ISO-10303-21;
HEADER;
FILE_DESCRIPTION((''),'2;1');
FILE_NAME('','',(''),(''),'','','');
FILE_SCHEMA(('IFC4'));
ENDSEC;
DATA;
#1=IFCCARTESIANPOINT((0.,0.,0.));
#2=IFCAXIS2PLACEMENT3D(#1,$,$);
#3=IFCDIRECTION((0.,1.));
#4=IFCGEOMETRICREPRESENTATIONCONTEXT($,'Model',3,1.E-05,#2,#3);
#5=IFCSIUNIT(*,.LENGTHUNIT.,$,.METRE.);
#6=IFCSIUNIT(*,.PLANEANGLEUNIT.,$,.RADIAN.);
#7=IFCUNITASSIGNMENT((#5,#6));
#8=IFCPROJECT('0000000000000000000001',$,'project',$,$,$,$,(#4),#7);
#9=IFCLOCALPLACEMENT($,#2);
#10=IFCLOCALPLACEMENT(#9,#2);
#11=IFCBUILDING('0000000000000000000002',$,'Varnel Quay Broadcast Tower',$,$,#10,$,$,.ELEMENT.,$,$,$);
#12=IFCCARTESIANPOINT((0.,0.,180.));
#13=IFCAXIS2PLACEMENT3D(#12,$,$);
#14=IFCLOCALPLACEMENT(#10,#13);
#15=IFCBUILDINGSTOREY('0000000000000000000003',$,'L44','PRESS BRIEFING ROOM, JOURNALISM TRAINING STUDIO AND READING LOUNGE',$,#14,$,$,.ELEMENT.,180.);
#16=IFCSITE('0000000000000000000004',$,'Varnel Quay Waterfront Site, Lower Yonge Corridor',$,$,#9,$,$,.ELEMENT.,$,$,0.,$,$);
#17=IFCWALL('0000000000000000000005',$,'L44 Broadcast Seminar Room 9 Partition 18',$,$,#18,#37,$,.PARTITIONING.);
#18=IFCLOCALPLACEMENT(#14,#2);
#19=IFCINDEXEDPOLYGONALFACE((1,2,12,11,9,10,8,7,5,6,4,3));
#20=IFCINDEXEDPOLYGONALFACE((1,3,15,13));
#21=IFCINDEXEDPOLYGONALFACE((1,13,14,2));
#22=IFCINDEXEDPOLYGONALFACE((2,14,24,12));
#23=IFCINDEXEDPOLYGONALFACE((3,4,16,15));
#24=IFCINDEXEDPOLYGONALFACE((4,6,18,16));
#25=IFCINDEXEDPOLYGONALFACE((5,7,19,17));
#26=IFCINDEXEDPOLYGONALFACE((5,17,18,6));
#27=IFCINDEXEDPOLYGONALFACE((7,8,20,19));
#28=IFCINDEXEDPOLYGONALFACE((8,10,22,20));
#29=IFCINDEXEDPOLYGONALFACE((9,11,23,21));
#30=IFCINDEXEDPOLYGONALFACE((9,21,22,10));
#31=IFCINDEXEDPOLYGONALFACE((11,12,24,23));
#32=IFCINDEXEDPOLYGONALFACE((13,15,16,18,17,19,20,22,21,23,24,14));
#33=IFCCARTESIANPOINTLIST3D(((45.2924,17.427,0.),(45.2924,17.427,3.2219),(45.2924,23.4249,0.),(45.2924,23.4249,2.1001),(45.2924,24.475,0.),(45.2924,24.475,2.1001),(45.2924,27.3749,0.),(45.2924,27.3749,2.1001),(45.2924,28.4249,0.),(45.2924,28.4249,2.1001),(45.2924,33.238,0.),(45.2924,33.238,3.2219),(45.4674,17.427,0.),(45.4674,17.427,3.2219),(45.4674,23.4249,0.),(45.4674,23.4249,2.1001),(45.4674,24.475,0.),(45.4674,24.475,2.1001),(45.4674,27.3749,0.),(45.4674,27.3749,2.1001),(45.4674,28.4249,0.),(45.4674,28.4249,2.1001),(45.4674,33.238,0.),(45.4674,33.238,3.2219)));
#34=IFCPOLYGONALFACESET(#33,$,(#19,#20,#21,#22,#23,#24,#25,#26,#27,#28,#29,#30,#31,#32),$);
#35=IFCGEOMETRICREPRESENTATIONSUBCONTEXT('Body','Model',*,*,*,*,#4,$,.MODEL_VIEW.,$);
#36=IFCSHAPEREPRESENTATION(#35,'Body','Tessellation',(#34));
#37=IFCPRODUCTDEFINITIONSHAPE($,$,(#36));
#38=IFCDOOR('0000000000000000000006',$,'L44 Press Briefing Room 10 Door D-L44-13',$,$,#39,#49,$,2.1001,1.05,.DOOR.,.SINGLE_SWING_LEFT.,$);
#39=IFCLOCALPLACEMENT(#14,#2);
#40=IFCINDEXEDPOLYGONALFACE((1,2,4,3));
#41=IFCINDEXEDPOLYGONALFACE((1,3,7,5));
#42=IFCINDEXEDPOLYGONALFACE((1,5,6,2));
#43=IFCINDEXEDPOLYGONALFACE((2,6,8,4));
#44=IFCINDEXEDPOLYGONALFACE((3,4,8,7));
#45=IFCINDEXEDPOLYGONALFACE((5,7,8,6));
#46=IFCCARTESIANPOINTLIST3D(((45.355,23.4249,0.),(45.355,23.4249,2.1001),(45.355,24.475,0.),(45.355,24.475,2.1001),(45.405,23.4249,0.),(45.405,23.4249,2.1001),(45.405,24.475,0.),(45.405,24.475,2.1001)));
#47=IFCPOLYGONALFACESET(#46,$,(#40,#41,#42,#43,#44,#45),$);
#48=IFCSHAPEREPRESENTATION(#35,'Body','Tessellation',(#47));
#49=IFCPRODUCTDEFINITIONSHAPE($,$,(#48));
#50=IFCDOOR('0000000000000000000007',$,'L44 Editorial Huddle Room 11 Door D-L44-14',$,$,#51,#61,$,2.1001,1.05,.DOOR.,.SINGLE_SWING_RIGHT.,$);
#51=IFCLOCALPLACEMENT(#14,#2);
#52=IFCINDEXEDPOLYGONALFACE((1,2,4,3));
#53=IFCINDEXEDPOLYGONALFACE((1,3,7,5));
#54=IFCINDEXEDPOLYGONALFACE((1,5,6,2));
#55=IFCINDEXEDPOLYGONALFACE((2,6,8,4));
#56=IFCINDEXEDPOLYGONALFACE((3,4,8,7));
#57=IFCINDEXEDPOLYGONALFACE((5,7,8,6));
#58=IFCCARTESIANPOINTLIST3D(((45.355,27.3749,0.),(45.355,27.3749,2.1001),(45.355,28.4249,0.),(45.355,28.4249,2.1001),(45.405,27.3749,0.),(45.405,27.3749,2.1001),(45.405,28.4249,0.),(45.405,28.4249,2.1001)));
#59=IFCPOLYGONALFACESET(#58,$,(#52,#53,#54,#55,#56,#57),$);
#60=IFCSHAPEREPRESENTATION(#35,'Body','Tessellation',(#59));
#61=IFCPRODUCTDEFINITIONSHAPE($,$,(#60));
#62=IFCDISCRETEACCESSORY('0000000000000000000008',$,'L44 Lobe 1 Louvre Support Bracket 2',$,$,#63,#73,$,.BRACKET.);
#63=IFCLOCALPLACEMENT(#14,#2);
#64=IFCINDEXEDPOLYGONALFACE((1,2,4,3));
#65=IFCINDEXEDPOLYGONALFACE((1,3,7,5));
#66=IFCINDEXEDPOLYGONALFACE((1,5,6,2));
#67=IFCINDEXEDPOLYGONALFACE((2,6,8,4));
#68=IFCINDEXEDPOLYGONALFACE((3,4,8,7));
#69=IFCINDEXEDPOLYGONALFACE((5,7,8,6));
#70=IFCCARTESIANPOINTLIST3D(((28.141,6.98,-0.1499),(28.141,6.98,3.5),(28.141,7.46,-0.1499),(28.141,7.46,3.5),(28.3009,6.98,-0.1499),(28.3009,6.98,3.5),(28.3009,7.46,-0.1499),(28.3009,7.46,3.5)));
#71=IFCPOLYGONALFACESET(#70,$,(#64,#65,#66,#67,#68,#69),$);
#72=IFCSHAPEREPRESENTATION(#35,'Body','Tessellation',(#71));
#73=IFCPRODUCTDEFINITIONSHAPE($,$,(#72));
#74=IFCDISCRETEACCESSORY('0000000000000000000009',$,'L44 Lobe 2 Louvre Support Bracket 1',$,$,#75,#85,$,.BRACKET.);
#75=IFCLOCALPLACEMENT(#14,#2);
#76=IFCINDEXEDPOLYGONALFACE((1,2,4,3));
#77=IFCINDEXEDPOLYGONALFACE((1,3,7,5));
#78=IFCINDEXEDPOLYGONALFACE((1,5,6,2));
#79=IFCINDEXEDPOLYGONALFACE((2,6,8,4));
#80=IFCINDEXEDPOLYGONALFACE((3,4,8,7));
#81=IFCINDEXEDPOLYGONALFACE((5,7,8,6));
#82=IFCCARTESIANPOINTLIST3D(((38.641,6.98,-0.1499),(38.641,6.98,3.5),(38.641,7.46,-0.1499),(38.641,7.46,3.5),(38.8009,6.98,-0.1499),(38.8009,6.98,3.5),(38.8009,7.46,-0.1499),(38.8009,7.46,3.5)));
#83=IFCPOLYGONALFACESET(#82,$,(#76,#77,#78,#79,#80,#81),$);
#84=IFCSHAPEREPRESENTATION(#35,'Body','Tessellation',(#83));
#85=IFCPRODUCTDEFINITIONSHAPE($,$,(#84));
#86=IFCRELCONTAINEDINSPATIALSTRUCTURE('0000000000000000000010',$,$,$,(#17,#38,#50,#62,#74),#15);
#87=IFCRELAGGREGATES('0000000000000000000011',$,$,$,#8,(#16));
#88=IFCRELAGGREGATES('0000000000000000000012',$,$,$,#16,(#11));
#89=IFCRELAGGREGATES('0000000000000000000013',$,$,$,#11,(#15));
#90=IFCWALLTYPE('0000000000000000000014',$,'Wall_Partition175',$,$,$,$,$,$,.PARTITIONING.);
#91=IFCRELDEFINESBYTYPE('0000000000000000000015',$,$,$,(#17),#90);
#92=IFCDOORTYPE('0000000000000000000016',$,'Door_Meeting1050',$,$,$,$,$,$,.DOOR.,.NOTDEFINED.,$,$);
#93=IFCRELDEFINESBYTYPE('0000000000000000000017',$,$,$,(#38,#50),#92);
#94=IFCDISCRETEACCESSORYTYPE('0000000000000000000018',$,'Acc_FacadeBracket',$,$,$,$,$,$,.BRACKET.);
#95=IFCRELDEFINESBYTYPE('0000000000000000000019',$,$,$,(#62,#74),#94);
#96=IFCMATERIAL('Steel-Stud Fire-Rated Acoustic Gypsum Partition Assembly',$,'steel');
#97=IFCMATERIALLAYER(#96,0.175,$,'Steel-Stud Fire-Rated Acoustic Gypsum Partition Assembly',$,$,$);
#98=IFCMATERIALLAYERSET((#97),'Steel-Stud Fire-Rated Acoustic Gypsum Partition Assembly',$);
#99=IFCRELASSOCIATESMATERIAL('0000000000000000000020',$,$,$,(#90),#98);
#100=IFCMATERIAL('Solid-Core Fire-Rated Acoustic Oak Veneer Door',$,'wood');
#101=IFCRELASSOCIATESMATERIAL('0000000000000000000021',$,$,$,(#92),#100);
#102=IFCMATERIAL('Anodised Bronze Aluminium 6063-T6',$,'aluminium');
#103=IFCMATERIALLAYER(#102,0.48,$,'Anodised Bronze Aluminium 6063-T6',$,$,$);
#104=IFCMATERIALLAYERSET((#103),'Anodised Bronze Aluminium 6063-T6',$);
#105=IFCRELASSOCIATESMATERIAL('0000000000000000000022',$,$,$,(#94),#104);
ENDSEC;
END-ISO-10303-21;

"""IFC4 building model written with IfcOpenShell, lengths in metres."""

from ifc_helpers import new_model, si_unit, direction, frame, frame_2d, origin, origin_2d, place, context, subcontext, project, spatial, rectangle, extrude, source, transform, mapped, material, layer, layer_set, type_object, type_shapes, element, fill, save


model = new_model("IFC4")

# Units and contexts
model_context = context("Model", 3, precision=1e-05, world=origin(), true_north=direction((0.0, 1.0)))
body_context = subcontext(model_context, "Body", "Model", "MODEL_VIEW")
ifc_project = project(units=[si_unit("LENGTHUNIT", "METRE"), si_unit("PLANEANGLEUNIT", "RADIAN")], contexts=[model_context])

# Site, building, storey
site_placement = place(None, origin())
site = spatial("IfcSite", under=ifc_project, at=site_placement, Name="Varnel Quay Waterfront Site, Lower Yonge Corridor", CompositionType="ELEMENT", RefElevation=0.0)
building_placement = place(site_placement, origin())
building = spatial("IfcBuilding", under=site, at=building_placement, Name="Varnel Quay Broadcast Tower", CompositionType="ELEMENT")
storey_placement = place(building_placement, frame((0.0, 0.0, 180.0)))
storey = spatial("IfcBuildingStorey", under=building, at=storey_placement, Name="L44", Description="PRESS BRIEFING ROOM, JOURNALISM TRAINING STUDIO AND READING LOUNGE", CompositionType="ELEMENT", Elevation=180.0)

# Shared definitions
ifc_material_1 = material(Name="Anodised Bronze Aluminium 6063-T6", Category="aluminium")

# Shared definitions
ifc_material_2 = material(Name="Steel-Stud Fire-Rated Acoustic Gypsum Partition Assembly", Category="steel")
ifc_layer_1 = layer(ifc_material_2, 0.175, Name="Steel-Stud Fire-Rated Acoustic Gypsum Partition Assembly")
ifc_layer_set_1 = layer_set([ifc_layer_1], Name="Steel-Stud Fire-Rated Acoustic Gypsum Partition Assembly")
wall_type = type_object("IfcWallType", Name="Wall_Partition175", PredefinedType="PARTITIONING", material=ifc_layer_set_1)

# Wall, openings, doors
wall_placement = place(storey_placement, frame((45.3799, 17.427, 0.0), z_axis=(0.0, 0.0, 1.0), x_axis=(0.0, 1.0, 0.0)))
wall = element("IfcWall", 1, at=wall_placement, inside=storey, type_object=wall_type, Name="L44 Broadcast Seminar Room 9 Partition 18", PredefinedType="PARTITIONING", context=body_context, shape_type="SweptSolid", body=[
    extrude(rectangle(XDim=15.811, YDim=0.175, at=frame_2d((7.9055, 0.0))), origin(), (0.0, 0.0, 1.0), 3.2219),
])
opening_1_placement = place(wall_placement, frame((5.998, 0.0, 0.0)))
opening_1 = element("IfcOpeningElement", 2, at=opening_1_placement, cuts=wall, PredefinedType="OPENING", context=body_context, shape_type="SweptSolid", body=[
    extrude(rectangle(XDim=1.05, YDim=2.1001, at=frame_2d((0.5249, 1.05))), frame((0.0, 0.0977, 0.0), z_axis=(0.0, -1.0, 0.0), x_axis=(1.0, 0.0, 0.0)), (0.0, 0.0, 1.0), 0.1951),
])
opening_2_placement = place(wall_placement, frame((9.948, 0.0, 0.0)))
opening_2 = element("IfcOpeningElement", 3, at=opening_2_placement, cuts=wall, PredefinedType="OPENING", context=body_context, shape_type="SweptSolid", body=[
    extrude(rectangle(XDim=1.05, YDim=2.1001, at=frame_2d((0.5249, 1.05))), frame((0.0, 0.0977, 0.0), z_axis=(0.0, -1.0, 0.0), x_axis=(1.0, 0.0, 0.0)), (0.0, 0.0, 1.0), 0.1951),
])
ifc_material_3 = material(Name="Solid-Core Fire-Rated Acoustic Oak Veneer Door", Category="wood")
door_type = type_object("IfcDoorType", Name="Door_Meeting1050", OperationType="NOTDEFINED", PredefinedType="DOOR", material=ifc_material_3)
shared_shape_1 = source(origin(), body_context, "Body", "SweptSolid", [
    extrude(rectangle(XDim=1.05, YDim=2.1001, at=frame_2d((0.5249, 1.05))), frame((0.0, 0.0249, 0.0), z_axis=(0.0, -1.0, 0.0), x_axis=(1.0, 0.0, 0.0)), (0.0, 0.0, 1.0), 0.05),
])
type_shapes(door_type, [shared_shape_1])
door_1_placement = place(opening_1_placement, origin())
door_1 = element("IfcDoor", 4, at=door_1_placement, inside=storey, type_object=door_type, Name="L44 Press Briefing Room 10 Door D-L44-13", OperationType="SINGLE_SWING_LEFT", OverallHeight=2.1001, OverallWidth=1.05, PredefinedType="DOOR", context=body_context, shape_type="MappedRepresentation", body=[
    mapped(shared_shape_1, transform((0.0, 0.0, 0.0), x_axis=(1.0, 0.0, 0.0), y_axis=(0.0, 1.0, 0.0), z_axis=(0.0, 0.0, 1.0), scale=1.0)),
])
fill(opening_1, door_1)
door_2_placement = place(opening_2_placement, origin())
door_2 = element("IfcDoor", 5, at=door_2_placement, inside=storey, type_object=door_type, Name="L44 Editorial Huddle Room 11 Door D-L44-14", OperationType="SINGLE_SWING_RIGHT", OverallHeight=2.1001, OverallWidth=1.05, PredefinedType="DOOR", context=body_context, shape_type="MappedRepresentation", body=[
    mapped(shared_shape_1, transform((0.0, 0.0, 0.0), x_axis=(1.0, 0.0, 0.0), y_axis=(0.0, 1.0, 0.0), z_axis=(0.0, 0.0, 1.0), scale=1.0)),
])
fill(opening_2, door_2)

# Discrete accessories
ifc_layer_2 = layer(ifc_material_1, 0.48, Name="Anodised Bronze Aluminium 6063-T6")
ifc_layer_set_2 = layer_set([ifc_layer_2], Name="Anodised Bronze Aluminium 6063-T6")
discrete_accessory_type = type_object("IfcDiscreteAccessoryType", Name="Acc_FacadeBracket", PredefinedType="BRACKET", material=ifc_layer_set_2)
shared_shape_2 = source(origin(), body_context, "Body", "SweptSolid", [
    extrude(rectangle(XDim=0.1599, YDim=0.48, at=origin_2d()), origin(), (0.0, 0.0, 1.0), 3.6499),
])
type_shapes(discrete_accessory_type, [shared_shape_2])
for number, where, z_axis, x_axis, name in (
    (6, (28.2209, 7.22, -0.1499), (0.0, 0.0, 1.0), (1.0, 0.0, 0.0), "L44 Lobe 1 Louvre Support Bracket 2"),
    (7, (38.7209, 7.22, -0.1499), (0.0, 0.0, 1.0), (1.0, 0.0, 0.0), "L44 Lobe 2 Louvre Support Bracket 1"),
):
    element("IfcDiscreteAccessory", number, at=place(storey_placement, frame(where, z_axis=z_axis, x_axis=x_axis)), inside=storey, type_object=discrete_accessory_type, Name=name, PredefinedType="BRACKET", context=body_context, shape_type="MappedRepresentation", body=[
        mapped(shared_shape_2, transform((0.0, 0.0, 0.0), x_axis=(1.0, 0.0, 0.0), y_axis=(0.0, 1.0, 0.0), z_axis=(0.0, 0.0, 1.0), scale=1.0)),
    ])

save(model, "model.ifc")
